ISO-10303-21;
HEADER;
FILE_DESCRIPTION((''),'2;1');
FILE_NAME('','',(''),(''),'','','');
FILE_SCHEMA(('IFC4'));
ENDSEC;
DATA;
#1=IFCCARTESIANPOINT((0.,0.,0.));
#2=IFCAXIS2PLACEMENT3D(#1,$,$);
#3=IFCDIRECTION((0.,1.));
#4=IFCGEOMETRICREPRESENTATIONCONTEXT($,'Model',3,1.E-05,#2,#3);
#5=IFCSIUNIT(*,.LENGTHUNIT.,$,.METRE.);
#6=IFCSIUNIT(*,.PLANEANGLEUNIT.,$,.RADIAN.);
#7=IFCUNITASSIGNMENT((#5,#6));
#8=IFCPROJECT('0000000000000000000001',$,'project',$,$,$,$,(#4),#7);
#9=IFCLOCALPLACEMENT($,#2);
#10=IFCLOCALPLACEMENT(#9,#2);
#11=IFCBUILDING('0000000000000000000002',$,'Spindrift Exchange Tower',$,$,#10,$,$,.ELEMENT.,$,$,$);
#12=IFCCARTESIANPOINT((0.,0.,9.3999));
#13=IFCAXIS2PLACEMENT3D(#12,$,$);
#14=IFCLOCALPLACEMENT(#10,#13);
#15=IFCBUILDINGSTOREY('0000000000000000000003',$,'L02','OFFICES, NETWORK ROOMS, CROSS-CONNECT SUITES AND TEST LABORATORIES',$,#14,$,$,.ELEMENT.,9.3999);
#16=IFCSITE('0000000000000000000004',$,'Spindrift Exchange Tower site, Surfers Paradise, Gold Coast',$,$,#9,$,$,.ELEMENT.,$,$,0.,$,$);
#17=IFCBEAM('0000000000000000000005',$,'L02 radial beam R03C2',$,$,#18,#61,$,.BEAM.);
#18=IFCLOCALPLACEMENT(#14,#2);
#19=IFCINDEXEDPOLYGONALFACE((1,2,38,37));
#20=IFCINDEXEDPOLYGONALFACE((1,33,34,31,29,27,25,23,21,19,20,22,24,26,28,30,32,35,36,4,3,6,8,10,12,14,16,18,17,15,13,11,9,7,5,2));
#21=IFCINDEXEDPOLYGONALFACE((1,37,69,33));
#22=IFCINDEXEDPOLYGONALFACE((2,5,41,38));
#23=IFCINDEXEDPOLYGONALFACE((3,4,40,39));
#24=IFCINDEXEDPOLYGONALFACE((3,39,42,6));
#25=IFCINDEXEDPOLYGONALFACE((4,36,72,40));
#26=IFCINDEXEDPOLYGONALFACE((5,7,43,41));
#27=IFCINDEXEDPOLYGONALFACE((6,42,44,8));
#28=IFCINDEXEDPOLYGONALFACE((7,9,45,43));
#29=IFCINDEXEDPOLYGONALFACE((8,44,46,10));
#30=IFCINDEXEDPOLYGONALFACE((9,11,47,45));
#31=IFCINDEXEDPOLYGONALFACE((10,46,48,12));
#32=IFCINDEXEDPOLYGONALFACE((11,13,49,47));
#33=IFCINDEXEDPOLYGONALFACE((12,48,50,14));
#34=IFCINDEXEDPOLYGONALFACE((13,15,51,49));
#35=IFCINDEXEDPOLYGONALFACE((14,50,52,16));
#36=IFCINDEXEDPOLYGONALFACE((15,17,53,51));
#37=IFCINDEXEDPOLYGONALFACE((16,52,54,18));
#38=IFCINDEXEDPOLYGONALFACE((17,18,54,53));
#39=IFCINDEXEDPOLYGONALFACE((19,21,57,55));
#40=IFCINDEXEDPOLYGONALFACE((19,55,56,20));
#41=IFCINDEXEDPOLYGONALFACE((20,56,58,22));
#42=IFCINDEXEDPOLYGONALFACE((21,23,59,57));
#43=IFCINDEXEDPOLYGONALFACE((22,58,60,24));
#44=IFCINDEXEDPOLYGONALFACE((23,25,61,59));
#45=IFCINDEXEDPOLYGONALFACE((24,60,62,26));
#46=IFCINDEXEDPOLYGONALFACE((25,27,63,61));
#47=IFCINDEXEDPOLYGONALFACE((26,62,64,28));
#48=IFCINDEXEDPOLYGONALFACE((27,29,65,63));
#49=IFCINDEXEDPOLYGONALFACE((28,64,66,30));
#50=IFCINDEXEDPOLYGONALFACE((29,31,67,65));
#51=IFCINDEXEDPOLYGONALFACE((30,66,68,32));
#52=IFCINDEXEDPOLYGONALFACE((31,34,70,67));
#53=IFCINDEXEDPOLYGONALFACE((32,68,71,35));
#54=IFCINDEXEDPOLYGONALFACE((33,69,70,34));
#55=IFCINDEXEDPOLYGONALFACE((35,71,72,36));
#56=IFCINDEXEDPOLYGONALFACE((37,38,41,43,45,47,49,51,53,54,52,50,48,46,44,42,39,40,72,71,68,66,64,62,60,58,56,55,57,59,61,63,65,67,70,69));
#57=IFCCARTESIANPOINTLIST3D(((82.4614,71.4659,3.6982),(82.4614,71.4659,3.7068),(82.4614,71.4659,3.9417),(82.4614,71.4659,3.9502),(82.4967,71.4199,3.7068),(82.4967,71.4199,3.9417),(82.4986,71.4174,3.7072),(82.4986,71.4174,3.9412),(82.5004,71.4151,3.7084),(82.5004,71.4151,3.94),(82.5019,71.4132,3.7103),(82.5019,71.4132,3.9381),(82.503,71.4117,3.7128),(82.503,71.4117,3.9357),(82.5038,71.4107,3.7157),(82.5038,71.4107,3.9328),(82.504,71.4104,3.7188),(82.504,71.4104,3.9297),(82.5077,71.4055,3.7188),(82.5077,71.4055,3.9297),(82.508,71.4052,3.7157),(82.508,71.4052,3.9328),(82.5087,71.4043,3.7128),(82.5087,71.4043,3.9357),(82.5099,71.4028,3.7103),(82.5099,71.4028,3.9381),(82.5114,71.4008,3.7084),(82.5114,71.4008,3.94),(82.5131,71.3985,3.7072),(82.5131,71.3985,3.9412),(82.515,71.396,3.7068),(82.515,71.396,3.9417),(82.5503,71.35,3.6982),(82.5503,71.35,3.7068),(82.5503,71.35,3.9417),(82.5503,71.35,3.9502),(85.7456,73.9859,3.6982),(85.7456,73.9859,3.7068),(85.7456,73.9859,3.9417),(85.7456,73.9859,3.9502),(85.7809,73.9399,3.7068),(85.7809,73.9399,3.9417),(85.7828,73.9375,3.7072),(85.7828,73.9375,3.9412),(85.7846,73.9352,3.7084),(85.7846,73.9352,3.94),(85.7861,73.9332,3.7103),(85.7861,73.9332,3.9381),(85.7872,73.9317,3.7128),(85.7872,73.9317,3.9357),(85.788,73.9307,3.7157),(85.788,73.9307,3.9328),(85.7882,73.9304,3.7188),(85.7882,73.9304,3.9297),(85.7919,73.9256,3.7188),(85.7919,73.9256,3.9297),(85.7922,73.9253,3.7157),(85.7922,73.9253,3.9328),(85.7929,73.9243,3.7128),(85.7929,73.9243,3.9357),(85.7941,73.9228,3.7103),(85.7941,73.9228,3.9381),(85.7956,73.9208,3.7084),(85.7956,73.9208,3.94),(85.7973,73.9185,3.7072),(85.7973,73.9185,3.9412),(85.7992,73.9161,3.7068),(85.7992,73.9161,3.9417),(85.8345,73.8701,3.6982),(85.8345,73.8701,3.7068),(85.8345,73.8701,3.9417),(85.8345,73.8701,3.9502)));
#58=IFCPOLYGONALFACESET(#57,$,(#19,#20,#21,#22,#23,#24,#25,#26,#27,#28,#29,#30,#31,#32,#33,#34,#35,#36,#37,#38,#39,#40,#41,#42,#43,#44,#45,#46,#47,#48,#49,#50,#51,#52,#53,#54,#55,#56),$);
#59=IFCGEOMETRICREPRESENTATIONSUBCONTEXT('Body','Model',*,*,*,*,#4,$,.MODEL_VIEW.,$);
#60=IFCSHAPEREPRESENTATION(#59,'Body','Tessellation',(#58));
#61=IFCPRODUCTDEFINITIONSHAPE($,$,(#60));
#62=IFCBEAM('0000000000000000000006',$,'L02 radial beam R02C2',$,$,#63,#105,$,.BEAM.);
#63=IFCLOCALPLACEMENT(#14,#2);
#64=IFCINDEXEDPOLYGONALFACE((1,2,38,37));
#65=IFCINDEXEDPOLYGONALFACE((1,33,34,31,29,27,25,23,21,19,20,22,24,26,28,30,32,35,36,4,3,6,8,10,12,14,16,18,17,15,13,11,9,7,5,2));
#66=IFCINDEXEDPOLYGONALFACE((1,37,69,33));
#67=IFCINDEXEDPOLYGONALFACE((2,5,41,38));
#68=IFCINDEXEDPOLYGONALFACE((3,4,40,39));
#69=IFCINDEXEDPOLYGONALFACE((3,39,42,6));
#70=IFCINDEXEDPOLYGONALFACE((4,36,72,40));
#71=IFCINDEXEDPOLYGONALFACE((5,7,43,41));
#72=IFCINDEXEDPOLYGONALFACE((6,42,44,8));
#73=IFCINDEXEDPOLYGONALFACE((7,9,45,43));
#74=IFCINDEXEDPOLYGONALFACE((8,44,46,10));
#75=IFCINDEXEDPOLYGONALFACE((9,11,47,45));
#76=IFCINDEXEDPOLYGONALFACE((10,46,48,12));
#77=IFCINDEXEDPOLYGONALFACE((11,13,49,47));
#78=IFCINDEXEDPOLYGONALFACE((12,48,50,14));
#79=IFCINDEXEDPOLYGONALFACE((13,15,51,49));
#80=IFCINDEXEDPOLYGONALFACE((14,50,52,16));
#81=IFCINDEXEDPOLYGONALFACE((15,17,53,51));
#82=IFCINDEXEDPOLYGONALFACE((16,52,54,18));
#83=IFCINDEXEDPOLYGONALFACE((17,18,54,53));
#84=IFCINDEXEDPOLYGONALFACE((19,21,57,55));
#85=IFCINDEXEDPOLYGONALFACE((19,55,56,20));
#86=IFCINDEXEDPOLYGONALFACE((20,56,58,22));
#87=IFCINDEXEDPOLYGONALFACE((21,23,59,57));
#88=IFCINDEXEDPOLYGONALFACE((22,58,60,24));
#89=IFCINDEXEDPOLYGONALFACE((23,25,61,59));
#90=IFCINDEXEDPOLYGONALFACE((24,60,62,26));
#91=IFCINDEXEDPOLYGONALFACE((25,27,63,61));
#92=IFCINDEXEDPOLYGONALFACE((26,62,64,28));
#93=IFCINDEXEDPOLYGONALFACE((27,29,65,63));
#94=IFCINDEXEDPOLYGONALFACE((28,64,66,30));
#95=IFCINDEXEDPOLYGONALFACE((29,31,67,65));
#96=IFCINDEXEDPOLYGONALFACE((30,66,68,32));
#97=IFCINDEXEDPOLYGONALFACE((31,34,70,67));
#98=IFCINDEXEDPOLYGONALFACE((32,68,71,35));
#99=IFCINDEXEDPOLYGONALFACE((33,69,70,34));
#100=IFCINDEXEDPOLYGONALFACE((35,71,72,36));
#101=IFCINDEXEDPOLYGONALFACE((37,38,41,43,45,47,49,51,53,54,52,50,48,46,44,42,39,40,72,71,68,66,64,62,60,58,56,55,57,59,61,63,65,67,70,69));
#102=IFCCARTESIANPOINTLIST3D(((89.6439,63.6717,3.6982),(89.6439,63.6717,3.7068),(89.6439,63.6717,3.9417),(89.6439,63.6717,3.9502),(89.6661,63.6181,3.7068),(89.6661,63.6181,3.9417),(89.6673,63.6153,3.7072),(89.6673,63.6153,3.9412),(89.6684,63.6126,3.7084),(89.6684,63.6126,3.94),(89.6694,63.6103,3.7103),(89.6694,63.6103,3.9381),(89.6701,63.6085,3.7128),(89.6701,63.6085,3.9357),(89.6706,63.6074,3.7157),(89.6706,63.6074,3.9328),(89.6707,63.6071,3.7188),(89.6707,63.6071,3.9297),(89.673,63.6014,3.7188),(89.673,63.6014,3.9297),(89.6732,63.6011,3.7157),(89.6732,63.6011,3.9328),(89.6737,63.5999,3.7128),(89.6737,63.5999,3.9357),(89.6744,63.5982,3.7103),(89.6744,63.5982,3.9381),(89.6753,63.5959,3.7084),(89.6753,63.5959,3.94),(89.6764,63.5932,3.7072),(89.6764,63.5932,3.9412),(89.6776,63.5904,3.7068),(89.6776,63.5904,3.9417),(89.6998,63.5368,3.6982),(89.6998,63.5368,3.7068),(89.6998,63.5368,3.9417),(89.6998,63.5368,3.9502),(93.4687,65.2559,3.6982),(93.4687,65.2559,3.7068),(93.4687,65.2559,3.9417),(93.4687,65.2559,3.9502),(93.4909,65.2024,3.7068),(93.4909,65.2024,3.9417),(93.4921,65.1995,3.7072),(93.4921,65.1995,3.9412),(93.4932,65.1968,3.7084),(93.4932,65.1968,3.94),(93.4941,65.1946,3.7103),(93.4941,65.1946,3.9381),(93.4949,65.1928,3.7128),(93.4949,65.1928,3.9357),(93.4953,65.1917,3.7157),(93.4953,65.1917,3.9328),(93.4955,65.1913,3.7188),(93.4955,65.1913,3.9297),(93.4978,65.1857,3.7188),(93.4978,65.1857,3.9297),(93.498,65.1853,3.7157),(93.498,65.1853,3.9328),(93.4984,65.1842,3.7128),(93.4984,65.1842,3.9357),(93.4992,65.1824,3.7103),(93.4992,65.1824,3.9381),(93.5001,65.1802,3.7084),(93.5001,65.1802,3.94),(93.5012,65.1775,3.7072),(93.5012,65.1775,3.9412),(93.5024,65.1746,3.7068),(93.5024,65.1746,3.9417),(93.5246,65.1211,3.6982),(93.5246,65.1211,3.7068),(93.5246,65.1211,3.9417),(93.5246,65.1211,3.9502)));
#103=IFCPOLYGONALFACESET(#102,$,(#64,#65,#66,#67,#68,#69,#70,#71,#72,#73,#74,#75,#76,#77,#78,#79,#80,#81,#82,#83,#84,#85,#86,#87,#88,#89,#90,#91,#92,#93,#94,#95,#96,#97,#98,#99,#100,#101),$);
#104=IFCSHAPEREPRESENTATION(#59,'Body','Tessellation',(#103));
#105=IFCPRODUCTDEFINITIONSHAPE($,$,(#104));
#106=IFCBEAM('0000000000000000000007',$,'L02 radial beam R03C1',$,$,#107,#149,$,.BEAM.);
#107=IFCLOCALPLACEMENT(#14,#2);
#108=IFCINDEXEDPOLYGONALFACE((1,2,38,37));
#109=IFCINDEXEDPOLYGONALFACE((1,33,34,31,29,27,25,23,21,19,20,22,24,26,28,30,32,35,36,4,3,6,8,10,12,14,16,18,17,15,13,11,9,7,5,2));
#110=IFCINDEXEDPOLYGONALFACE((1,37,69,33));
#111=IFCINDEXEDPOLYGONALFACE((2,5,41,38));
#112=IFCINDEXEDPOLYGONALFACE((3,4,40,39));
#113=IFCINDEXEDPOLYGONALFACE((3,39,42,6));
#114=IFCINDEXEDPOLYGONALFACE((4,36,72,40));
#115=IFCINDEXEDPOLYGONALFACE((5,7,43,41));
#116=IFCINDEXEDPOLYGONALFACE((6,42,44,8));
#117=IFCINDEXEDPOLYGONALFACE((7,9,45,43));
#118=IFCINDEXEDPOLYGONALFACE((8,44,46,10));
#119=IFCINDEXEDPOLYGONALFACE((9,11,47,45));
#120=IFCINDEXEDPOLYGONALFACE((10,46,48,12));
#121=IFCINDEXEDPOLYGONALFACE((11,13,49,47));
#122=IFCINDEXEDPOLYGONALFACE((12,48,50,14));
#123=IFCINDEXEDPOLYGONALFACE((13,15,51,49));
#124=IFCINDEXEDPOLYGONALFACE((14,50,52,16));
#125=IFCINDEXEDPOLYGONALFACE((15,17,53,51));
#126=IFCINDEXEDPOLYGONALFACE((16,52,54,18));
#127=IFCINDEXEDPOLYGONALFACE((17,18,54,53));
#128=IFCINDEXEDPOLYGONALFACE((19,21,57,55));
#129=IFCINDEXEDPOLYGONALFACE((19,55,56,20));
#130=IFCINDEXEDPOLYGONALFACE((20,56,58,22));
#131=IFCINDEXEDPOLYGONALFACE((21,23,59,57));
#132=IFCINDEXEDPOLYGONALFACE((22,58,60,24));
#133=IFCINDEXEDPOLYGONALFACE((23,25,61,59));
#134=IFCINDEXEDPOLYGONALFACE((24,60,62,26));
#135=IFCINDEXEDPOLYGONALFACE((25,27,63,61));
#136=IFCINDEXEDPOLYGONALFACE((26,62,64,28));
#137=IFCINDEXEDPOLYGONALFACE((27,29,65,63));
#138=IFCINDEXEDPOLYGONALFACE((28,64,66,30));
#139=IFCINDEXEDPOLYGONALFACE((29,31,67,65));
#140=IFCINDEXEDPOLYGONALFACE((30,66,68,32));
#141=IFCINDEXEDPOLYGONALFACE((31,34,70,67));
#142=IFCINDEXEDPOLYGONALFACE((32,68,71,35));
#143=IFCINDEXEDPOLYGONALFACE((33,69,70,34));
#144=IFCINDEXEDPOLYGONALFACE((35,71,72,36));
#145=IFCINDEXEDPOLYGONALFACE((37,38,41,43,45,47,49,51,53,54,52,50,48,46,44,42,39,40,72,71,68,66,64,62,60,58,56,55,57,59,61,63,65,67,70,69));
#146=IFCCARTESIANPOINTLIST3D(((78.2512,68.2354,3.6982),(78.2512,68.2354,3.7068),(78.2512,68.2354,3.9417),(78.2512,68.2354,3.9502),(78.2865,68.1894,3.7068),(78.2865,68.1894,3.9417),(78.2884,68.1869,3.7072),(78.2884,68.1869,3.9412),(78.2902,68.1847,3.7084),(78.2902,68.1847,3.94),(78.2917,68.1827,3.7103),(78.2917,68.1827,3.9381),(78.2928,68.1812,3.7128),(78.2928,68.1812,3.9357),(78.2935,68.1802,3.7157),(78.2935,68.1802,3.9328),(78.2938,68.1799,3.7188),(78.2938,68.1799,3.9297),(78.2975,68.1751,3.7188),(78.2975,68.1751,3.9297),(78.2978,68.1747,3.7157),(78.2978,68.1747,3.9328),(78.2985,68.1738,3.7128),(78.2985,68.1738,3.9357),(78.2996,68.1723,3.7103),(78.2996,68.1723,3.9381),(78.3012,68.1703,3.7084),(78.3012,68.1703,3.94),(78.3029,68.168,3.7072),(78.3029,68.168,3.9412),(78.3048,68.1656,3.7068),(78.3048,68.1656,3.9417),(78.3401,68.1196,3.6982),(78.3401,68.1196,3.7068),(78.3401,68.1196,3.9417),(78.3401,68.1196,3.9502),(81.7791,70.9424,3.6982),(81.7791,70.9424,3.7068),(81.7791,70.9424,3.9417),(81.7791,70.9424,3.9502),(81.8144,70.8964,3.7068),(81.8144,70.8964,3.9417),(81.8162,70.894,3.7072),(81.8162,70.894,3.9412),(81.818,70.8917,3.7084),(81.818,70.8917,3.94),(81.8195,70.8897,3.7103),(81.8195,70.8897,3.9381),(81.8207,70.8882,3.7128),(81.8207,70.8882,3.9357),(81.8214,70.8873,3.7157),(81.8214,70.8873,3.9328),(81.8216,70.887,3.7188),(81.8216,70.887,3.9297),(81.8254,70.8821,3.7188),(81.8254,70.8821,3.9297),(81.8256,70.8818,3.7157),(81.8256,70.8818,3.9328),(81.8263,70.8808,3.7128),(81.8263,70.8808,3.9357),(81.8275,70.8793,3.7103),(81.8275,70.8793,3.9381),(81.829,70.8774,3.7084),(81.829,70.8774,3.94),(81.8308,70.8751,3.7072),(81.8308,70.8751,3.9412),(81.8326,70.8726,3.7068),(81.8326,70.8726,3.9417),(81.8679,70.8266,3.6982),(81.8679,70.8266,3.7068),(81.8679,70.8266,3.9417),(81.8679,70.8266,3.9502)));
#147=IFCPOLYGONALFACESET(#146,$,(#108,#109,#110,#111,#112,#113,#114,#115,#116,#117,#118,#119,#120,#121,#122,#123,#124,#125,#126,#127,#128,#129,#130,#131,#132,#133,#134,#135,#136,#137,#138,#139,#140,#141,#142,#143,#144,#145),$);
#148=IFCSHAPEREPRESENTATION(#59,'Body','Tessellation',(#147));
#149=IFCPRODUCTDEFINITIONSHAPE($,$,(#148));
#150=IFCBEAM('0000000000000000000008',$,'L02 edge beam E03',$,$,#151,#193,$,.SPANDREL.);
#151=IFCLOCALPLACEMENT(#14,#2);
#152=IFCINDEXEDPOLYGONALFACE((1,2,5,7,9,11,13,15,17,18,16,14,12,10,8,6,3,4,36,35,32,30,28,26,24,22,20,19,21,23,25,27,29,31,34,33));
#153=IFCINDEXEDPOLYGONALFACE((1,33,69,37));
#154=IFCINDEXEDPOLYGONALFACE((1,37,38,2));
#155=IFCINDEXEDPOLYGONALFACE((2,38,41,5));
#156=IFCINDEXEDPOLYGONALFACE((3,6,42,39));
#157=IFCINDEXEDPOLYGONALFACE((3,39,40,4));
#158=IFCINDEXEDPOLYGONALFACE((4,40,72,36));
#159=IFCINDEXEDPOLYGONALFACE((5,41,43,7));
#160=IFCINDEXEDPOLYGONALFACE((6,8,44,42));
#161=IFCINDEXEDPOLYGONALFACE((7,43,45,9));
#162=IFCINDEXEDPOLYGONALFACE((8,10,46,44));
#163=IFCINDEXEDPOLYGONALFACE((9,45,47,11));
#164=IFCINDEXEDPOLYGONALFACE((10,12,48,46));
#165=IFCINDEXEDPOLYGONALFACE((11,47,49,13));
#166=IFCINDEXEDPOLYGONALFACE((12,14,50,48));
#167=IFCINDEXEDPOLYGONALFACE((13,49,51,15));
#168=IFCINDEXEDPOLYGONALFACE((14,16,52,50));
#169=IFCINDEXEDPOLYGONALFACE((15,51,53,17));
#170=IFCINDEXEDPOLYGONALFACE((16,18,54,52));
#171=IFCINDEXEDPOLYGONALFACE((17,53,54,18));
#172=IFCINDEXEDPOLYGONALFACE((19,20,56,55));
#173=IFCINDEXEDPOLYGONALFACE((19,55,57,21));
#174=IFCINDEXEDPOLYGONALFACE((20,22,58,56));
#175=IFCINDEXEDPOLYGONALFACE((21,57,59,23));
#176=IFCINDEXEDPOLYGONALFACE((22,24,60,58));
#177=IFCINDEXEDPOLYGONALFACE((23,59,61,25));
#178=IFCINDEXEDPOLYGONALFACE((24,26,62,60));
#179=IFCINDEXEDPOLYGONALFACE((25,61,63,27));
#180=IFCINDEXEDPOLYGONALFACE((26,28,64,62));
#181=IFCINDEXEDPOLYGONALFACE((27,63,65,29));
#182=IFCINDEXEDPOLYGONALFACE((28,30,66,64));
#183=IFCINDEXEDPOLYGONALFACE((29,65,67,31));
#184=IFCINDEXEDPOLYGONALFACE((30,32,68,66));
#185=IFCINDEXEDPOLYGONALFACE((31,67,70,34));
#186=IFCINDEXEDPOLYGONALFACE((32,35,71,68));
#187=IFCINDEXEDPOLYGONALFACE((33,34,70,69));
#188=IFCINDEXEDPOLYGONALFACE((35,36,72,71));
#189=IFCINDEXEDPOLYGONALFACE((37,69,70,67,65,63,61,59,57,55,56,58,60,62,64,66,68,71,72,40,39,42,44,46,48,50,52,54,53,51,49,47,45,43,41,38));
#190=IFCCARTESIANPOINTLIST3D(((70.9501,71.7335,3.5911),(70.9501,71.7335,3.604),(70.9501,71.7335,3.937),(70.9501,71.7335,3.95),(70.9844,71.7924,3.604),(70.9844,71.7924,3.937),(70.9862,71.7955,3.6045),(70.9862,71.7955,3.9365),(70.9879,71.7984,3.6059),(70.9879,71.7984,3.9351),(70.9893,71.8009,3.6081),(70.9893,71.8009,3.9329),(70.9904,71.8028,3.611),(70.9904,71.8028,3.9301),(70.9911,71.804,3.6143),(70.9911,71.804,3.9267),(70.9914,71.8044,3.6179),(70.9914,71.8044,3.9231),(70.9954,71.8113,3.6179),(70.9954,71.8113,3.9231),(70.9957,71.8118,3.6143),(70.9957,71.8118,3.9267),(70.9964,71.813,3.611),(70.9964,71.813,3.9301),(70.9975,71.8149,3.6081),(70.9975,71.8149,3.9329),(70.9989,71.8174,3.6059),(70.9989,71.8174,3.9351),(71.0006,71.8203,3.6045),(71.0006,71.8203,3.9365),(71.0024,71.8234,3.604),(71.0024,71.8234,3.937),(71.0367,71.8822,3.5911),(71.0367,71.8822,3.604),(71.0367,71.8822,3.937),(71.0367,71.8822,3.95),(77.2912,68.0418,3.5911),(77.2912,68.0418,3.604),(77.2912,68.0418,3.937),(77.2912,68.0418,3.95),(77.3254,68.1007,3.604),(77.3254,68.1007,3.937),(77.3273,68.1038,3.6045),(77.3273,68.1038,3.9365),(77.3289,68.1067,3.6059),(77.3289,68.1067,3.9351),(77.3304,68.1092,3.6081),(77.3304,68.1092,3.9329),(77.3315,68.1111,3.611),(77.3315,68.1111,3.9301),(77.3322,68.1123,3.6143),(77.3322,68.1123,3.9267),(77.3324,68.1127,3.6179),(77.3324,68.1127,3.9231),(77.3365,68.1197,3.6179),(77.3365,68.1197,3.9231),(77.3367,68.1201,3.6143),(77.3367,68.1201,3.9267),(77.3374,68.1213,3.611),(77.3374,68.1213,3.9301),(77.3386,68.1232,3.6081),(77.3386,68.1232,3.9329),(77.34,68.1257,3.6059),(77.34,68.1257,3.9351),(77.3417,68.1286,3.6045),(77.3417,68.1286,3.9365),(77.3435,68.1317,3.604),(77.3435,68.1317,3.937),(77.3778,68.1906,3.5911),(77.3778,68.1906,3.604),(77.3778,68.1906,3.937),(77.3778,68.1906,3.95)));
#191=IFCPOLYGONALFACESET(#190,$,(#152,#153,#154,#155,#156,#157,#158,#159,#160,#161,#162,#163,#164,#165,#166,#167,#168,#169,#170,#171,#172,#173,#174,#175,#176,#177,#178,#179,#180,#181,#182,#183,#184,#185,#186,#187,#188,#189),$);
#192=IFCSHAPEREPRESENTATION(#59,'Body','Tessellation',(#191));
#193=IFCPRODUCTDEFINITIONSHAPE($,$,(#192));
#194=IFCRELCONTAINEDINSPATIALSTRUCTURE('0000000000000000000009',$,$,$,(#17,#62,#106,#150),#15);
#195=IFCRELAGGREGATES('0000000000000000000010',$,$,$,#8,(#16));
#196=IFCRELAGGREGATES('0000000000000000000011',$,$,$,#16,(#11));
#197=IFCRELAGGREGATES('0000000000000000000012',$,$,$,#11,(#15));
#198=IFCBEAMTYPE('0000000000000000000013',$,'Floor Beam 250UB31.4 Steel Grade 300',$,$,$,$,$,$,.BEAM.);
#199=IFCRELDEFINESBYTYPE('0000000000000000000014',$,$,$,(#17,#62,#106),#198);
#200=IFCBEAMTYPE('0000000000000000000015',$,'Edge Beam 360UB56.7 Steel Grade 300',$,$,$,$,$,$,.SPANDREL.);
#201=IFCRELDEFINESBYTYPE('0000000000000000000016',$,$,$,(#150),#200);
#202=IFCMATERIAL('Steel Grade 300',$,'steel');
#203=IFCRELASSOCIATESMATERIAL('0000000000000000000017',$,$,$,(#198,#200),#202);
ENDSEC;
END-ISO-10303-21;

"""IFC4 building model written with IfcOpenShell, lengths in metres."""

from ifc_helpers import new_model, si_unit, direction, frame, origin, origin_2d, place, context, subcontext, project, spatial, i_section, extrude, source, transform, mapped, material, material_profile, profile_set, type_object, element, save


model = new_model("IFC4")

# Units and contexts
model_context = context("Model", 3, precision=1e-05, world=origin(), true_north=direction((0.0, 1.0)))
body_context = subcontext(model_context, "Body", "Model", "MODEL_VIEW")
ifc_project = project(units=[si_unit("LENGTHUNIT", "METRE"), si_unit("PLANEANGLEUNIT", "RADIAN")], contexts=[model_context])

# Site, building, storey
site_placement = place(None, origin())
site = spatial("IfcSite", under=ifc_project, at=site_placement, Name="Spindrift Exchange Tower site, Surfers Paradise, Gold Coast", CompositionType="ELEMENT", RefElevation=0.0)
building_placement = place(site_placement, origin())
building = spatial("IfcBuilding", under=site, at=building_placement, Name="Spindrift Exchange Tower", CompositionType="ELEMENT")
storey_placement = place(building_placement, frame((0.0, 0.0, 9.3999)))
storey = spatial("IfcBuildingStorey", under=building, at=storey_placement, Name="L02", Description="OFFICES, NETWORK ROOMS, CROSS-CONNECT SUITES AND TEST LABORATORIES", CompositionType="ELEMENT", Elevation=9.3999)

# Beams
ifc_material_1 = material(Name="Steel Grade 300", Category="steel")
ifc_material_profile_1 = material_profile(ifc_material_1, i_section(OverallWidth=0.146, OverallDepth=0.252, WebThickness=0.0061, FlangeThickness=0.0085, FilletRadius=0.012, at=origin_2d()), Name="250UB31.4")
ifc_profile_set_1 = profile_set([ifc_material_profile_1], Name="Steel Grade 300")
beam_type_1 = type_object("IfcBeamType", Name="Floor Beam 250UB31.4 Steel Grade 300", PredefinedType="BEAM", material=ifc_profile_set_1)
shared_shape_1 = source(origin(), body_context, "Body", "SweptSolid", [
    extrude(i_section(OverallWidth=0.146, OverallDepth=0.252, WebThickness=0.0061, FlangeThickness=0.0085, FilletRadius=0.012, at=origin_2d()), origin(), (0.0, 0.0, 1.0), 4.1396),
])
beam_1_placement = place(storey_placement, frame((82.5059, 71.408, 3.8242), z_axis=(0.793356, 0.608758, 0.0), x_axis=(-0.608758, 0.793356, 0.0)))
element("IfcBeam", 1, at=beam_1_placement, inside=storey, type_object=beam_type_1, Name="L02 radial beam R03C2", PredefinedType="BEAM", context=body_context, shape_type="MappedRepresentation", body=[
    mapped(shared_shape_1, transform((0.0, 0.0, 0.0), scale=1.0)),
])
shared_shape_2 = source(origin(), body_context, "Body", "SweptSolid", [
    extrude(i_section(OverallWidth=0.146, OverallDepth=0.252, WebThickness=0.0061, FlangeThickness=0.0085, FilletRadius=0.012, at=origin_2d()), origin(), (0.0, 0.0, 1.0), 4.1399),
])
beam_2_placement = place(storey_placement, frame((89.6719, 63.6042, 3.8242), z_axis=(0.923881, 0.38268, 0.0), x_axis=(-0.38268, 0.923881, 0.0)))
element("IfcBeam", 2, at=beam_2_placement, inside=storey, type_object=beam_type_1, Name="L02 radial beam R02C2", PredefinedType="BEAM", context=body_context, shape_type="MappedRepresentation", body=[
    mapped(shared_shape_2, transform((0.0, 0.0, 0.0), scale=1.0)),
])
shared_shape_3 = source(origin(), body_context, "Body", "SweptSolid", [
    extrude(i_section(OverallWidth=0.146, OverallDepth=0.252, WebThickness=0.0061, FlangeThickness=0.0085, FilletRadius=0.012, at=origin_2d()), origin(), (0.0, 0.0, 1.0), 4.4468),
])
beam_3_placement = place(storey_placement, frame((78.2957, 68.1775, 3.8242), z_axis=(0.79335, 0.608766, 0.0), x_axis=(-0.608766, 0.79335, 0.0)))
element("IfcBeam", 3, at=beam_3_placement, inside=storey, type_object=beam_type_1, Name="L02 radial beam R03C1", PredefinedType="BEAM", context=body_context, shape_type="MappedRepresentation", body=[
    mapped(shared_shape_3, transform((0.0, 0.0, 0.0), scale=1.0)),
])
ifc_material_profile_2 = material_profile(ifc_material_1, i_section(OverallWidth=0.1721, OverallDepth=0.3589, WebThickness=0.0081, FlangeThickness=0.0129, FilletRadius=0.0139, at=origin_2d()), Name="360UB56.7")
ifc_profile_set_2 = profile_set([ifc_material_profile_2], Name="Steel Grade 300")
beam_type_2 = type_object("IfcBeamType", Name="Edge Beam 360UB56.7 Steel Grade 300", PredefinedType="SPANDREL", material=ifc_profile_set_2)
shared_shape_4 = source(origin(), body_context, "Body", "SweptSolid", [
    extrude(i_section(OverallWidth=0.1721, OverallDepth=0.3589, WebThickness=0.0081, FlangeThickness=0.0129, FilletRadius=0.0139, at=origin_2d()), origin(), (0.0, 0.0, 1.0), 7.3374),
])
beam_4_placement = place(storey_placement, frame((77.3345, 68.1162, 3.7705), z_axis=(-0.864212, 0.503128, 0.0), x_axis=(-0.503128, -0.864212, 0.0)))
element("IfcBeam", 4, at=beam_4_placement, inside=storey, type_object=beam_type_2, Name="L02 edge beam E03", PredefinedType="SPANDREL", context=body_context, shape_type="MappedRepresentation", body=[
    mapped(shared_shape_4, transform((0.0, 0.0, 0.0), scale=1.0)),
])

save(model, "model.ifc")
